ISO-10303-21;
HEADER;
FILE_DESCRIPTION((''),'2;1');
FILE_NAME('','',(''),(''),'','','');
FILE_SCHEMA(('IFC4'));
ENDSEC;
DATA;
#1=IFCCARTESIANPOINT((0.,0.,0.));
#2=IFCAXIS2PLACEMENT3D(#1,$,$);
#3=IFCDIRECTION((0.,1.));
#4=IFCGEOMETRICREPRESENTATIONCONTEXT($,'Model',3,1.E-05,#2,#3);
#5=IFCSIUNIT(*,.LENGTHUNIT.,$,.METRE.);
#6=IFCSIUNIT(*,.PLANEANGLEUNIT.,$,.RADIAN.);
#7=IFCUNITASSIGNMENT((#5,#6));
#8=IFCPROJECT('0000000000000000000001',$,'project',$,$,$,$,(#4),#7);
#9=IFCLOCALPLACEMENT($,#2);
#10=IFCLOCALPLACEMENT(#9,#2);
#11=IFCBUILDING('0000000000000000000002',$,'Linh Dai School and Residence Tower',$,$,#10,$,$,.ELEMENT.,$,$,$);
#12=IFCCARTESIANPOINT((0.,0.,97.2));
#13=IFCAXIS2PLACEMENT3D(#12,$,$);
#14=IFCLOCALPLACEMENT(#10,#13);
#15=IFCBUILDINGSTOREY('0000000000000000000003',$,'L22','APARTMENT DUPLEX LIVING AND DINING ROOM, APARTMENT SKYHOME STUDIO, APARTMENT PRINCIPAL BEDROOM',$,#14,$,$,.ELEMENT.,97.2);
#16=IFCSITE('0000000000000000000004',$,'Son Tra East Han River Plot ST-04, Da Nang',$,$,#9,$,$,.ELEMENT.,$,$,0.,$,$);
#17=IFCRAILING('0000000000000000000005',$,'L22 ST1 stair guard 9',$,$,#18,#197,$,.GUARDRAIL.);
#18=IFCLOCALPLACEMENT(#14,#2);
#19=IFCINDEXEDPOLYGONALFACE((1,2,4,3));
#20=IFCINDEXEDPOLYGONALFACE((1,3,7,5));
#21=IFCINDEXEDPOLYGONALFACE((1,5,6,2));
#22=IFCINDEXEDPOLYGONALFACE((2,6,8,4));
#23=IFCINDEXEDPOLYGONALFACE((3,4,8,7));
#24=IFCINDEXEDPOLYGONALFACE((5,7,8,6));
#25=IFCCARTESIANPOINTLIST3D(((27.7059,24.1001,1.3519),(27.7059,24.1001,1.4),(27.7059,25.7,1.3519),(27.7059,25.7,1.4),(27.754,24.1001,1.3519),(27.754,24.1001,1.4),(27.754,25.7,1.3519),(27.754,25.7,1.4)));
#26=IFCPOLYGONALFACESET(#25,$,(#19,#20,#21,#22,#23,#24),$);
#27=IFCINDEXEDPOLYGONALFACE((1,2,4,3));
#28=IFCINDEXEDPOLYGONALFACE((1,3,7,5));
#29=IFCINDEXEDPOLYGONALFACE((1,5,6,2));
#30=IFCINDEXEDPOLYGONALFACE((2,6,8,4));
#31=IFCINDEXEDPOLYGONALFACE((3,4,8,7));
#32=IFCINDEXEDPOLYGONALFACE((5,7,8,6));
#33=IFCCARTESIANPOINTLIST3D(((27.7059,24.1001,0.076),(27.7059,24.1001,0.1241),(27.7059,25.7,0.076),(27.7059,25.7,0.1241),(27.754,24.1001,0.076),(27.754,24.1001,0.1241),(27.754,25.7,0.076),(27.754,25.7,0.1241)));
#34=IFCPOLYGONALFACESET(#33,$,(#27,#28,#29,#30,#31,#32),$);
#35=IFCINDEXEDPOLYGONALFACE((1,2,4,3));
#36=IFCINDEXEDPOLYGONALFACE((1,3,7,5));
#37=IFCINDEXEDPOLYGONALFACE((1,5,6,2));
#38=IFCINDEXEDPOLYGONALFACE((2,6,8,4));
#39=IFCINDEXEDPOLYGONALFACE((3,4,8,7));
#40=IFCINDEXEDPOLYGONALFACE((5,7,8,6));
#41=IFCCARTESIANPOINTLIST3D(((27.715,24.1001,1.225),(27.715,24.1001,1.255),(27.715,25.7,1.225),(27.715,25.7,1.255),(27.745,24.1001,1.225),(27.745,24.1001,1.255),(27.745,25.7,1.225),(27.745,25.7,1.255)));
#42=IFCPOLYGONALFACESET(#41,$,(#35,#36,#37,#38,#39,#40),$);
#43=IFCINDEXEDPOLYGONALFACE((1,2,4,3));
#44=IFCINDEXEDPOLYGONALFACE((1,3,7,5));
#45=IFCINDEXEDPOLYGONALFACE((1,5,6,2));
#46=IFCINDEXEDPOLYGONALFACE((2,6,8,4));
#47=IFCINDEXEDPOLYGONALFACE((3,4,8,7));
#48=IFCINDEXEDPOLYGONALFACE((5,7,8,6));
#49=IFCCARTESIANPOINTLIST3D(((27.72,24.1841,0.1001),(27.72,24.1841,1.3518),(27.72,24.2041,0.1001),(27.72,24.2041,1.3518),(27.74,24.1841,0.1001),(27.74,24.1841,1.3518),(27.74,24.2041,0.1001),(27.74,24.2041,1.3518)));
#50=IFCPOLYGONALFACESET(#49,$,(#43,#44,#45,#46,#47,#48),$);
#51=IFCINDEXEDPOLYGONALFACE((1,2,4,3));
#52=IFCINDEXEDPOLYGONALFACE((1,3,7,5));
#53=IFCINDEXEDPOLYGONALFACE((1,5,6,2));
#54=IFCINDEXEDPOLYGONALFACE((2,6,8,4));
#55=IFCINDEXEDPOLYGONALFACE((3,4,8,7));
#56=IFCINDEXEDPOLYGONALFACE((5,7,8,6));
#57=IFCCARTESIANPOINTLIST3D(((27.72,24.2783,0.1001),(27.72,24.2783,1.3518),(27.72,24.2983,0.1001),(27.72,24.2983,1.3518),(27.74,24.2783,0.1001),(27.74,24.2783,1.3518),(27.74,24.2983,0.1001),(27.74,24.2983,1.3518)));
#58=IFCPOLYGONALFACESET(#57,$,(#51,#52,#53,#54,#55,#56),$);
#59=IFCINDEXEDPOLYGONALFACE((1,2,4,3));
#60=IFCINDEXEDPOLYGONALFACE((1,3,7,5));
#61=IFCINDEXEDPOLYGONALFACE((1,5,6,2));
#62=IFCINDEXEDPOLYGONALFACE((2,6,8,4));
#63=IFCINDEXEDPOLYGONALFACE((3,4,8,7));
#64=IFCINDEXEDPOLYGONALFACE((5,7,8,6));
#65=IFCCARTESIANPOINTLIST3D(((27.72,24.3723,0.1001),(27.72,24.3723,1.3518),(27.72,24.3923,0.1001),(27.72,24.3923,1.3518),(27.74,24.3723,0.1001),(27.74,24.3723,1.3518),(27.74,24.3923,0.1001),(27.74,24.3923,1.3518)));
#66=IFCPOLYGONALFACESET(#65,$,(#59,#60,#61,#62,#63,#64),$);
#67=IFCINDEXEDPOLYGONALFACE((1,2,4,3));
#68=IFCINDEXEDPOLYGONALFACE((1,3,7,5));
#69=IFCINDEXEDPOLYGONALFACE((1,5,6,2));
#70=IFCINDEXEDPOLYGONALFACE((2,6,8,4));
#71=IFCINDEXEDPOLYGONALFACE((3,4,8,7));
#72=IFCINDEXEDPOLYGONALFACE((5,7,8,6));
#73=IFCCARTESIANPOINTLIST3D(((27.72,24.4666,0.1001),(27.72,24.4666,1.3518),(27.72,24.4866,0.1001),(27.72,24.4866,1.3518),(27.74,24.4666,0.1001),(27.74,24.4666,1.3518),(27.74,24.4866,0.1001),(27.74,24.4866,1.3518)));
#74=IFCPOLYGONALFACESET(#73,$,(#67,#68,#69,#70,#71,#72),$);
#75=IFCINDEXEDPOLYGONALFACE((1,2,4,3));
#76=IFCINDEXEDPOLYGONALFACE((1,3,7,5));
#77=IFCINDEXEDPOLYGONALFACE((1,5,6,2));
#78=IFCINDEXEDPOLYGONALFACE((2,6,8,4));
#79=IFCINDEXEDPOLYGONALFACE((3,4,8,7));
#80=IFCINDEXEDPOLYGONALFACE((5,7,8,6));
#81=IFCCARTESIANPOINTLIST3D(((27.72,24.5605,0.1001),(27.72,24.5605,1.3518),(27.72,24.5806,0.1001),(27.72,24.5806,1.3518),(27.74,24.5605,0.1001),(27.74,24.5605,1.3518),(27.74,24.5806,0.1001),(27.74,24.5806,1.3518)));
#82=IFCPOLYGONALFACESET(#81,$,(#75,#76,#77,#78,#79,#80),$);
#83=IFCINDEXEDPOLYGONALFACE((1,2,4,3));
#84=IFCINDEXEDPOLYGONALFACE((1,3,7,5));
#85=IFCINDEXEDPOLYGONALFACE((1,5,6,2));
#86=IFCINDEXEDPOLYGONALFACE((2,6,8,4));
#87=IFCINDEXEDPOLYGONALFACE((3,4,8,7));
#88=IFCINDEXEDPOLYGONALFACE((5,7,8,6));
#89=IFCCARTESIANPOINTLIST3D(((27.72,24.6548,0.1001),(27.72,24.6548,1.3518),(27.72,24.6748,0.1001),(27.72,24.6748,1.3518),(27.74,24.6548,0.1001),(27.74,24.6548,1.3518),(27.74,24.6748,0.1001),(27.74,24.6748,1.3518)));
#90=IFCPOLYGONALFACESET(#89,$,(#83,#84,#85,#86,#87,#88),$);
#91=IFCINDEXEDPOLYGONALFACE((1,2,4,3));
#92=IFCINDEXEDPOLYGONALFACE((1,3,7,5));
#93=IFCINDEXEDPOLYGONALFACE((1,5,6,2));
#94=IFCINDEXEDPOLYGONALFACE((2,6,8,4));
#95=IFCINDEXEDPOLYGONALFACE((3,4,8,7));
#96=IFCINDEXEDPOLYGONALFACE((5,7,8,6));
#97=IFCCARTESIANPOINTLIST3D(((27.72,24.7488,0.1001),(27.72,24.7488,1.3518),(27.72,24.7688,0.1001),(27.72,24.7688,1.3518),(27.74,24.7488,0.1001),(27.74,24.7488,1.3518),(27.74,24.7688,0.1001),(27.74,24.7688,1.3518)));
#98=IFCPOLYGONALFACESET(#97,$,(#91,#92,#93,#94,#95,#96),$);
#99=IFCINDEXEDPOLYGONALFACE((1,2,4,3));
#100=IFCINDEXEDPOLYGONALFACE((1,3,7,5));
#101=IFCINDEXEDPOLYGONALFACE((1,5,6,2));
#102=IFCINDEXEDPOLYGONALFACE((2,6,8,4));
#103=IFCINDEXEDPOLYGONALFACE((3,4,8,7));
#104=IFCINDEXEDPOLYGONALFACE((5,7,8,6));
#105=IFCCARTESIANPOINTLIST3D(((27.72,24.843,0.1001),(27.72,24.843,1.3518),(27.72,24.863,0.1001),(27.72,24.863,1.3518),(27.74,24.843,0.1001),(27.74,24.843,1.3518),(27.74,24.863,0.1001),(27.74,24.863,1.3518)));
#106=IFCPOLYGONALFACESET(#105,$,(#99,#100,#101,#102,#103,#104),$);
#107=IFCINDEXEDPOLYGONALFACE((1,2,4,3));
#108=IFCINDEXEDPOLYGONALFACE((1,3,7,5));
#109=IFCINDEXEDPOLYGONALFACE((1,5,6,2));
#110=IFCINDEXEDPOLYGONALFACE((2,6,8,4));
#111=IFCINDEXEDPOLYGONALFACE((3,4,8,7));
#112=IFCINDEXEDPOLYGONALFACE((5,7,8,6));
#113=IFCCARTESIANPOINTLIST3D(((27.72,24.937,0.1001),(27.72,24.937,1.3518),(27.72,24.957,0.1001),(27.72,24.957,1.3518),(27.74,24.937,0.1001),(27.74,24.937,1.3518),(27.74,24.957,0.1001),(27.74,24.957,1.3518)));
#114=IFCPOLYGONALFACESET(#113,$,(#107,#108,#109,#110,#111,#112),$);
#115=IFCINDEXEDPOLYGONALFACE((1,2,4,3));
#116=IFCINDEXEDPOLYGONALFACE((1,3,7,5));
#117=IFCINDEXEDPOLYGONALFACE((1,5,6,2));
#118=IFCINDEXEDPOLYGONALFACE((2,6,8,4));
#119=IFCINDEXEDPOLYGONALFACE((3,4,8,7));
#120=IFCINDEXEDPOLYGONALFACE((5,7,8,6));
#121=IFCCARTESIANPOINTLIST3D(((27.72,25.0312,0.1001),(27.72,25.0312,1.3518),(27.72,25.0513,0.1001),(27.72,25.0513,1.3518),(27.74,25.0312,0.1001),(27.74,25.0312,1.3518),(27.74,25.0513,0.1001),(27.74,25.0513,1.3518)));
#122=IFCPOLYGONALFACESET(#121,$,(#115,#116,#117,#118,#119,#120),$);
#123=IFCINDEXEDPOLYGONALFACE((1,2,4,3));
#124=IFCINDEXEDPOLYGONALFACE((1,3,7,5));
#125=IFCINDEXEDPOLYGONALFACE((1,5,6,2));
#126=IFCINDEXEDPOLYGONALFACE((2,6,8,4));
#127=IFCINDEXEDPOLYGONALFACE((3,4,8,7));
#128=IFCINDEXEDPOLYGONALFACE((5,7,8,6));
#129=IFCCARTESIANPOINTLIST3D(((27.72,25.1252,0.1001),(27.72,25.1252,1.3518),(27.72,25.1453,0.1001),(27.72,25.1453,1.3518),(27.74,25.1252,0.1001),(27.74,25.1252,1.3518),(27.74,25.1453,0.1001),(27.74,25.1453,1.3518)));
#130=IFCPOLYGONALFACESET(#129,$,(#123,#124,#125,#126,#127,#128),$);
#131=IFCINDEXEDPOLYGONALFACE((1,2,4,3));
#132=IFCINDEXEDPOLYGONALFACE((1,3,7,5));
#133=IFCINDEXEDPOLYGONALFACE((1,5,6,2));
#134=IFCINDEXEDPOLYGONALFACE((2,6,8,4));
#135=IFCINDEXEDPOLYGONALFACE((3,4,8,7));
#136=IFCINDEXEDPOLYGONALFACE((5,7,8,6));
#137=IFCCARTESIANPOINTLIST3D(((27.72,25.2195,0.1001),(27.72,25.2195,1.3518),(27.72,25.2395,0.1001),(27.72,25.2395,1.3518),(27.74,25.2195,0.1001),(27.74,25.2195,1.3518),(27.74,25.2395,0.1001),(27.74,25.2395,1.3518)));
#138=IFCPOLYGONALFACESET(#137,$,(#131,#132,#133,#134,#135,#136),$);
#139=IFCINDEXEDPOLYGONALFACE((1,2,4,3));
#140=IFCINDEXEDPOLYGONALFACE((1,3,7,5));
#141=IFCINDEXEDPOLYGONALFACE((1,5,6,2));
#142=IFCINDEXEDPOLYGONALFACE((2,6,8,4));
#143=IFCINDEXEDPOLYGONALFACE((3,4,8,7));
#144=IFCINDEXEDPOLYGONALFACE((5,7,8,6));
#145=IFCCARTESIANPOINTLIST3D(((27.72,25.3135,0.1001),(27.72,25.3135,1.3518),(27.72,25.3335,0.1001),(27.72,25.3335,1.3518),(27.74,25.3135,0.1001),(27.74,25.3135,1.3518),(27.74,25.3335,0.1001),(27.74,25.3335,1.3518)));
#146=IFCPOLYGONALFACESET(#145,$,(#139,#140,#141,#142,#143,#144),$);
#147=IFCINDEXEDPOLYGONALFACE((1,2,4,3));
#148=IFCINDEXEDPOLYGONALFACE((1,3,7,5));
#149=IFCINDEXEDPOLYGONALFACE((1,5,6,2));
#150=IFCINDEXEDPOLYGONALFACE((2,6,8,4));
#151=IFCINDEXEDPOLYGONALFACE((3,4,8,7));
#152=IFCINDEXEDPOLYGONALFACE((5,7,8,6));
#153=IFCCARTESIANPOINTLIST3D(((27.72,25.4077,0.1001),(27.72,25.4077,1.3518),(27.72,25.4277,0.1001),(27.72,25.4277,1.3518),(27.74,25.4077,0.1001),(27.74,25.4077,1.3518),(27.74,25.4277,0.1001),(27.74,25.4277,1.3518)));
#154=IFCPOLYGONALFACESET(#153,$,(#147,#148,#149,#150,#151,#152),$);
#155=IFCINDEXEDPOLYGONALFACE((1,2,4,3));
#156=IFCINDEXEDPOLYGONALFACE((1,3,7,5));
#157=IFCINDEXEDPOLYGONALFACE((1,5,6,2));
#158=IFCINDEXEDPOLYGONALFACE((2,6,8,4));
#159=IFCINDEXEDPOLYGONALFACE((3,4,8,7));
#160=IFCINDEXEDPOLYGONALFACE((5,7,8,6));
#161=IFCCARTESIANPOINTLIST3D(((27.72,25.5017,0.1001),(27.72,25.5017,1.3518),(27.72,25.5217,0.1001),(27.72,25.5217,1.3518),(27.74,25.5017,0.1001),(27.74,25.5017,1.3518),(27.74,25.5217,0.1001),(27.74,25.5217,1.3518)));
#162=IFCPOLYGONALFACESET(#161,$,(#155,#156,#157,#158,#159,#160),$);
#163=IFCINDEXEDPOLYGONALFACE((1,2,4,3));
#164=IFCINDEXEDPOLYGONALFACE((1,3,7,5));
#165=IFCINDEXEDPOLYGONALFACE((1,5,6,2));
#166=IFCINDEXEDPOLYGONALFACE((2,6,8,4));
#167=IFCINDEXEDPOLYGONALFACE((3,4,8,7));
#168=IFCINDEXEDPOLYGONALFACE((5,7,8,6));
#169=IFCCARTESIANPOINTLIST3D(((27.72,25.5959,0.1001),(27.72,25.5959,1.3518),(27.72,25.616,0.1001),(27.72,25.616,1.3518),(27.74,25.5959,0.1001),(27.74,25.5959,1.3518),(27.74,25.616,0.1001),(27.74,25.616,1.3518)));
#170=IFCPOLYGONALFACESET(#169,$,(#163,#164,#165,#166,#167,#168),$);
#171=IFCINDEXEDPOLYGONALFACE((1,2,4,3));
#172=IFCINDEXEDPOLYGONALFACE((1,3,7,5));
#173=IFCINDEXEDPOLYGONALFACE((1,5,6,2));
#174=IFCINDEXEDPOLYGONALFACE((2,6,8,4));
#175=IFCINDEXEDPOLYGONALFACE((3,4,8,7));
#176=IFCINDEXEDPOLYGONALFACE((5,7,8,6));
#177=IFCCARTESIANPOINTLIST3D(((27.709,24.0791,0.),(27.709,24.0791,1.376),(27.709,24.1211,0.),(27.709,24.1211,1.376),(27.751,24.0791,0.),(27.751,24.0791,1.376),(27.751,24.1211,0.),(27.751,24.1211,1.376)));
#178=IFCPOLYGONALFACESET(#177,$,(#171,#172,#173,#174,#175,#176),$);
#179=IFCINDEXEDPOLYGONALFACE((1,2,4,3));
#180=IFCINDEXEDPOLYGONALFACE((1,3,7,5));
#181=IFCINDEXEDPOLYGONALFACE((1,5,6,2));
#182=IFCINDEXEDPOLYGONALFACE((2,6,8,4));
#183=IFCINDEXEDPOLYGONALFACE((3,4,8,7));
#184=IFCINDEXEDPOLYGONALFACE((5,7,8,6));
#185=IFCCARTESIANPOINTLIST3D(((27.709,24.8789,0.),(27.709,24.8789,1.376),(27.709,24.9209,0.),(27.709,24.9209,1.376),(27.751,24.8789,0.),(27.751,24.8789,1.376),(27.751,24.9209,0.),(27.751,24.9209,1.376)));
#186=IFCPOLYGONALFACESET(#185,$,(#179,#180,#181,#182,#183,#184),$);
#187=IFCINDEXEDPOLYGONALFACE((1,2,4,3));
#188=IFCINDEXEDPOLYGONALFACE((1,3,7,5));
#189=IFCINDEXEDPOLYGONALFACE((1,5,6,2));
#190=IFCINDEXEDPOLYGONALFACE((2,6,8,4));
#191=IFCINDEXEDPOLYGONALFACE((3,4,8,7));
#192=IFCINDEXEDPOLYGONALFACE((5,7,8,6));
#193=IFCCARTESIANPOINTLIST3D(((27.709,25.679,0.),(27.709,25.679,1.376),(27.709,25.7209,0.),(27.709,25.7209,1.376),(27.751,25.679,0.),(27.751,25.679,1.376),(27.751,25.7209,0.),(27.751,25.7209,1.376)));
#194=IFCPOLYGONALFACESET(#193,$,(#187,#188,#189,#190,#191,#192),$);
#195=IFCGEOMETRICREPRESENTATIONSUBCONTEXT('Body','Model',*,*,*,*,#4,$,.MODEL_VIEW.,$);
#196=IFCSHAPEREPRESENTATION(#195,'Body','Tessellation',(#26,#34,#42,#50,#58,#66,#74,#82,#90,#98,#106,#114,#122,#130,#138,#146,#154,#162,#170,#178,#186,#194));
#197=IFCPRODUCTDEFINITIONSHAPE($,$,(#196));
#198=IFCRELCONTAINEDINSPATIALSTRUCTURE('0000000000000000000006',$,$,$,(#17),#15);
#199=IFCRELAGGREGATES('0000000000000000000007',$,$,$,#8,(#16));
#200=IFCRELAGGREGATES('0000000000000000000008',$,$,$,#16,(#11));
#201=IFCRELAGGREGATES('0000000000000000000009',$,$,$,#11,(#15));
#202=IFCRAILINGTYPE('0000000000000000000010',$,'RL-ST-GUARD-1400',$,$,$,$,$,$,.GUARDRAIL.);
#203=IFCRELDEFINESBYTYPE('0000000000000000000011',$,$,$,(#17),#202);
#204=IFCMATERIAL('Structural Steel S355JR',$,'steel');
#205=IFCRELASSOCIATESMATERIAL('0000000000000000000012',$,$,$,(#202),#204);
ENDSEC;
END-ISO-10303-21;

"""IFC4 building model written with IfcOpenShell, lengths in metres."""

from ifc_helpers import new_model, si_unit, direction, frame, origin, origin_2d, place, context, subcontext, project, spatial, rectangle, extrude, source, transform, mapped, material, type_object, element, save


model = new_model("IFC4")

# Units and contexts
model_context = context("Model", 3, precision=1e-05, world=origin(), true_north=direction((0.0, 1.0)))
body_context = subcontext(model_context, "Body", "Model", "MODEL_VIEW")
ifc_project = project(units=[si_unit("LENGTHUNIT", "METRE"), si_unit("PLANEANGLEUNIT", "RADIAN")], contexts=[model_context])

# Site, building, storey
site_placement = place(None, origin())
site = spatial("IfcSite", under=ifc_project, at=site_placement, Name="Son Tra East Han River Plot ST-04, Da Nang", CompositionType="ELEMENT", RefElevation=0.0)
building_placement = place(site_placement, origin())
building = spatial("IfcBuilding", under=site, at=building_placement, Name="Linh Dai School and Residence Tower", CompositionType="ELEMENT")
storey_placement = place(building_placement, frame((0.0, 0.0, 97.2)))
storey = spatial("IfcBuildingStorey", under=building, at=storey_placement, Name="L22", Description="APARTMENT DUPLEX LIVING AND DINING ROOM, APARTMENT SKYHOME STUDIO, APARTMENT PRINCIPAL BEDROOM", CompositionType="ELEMENT", Elevation=97.2)

# Shared definitions
ifc_material_1 = material(Name="Structural Steel S355JR", Category="steel")

# Railing
railing_type = type_object("IfcRailingType", Name="RL-ST-GUARD-1400", PredefinedType="GUARDRAIL", material=ifc_material_1)
shared_shape_1 = source(origin(), body_context, "Body", "SweptSolid", [
    extrude(rectangle(XDim=0.0481, YDim=0.0481, at=origin_2d()), frame((0.0, 0.0, 1.376), z_axis=(0.0, 1.0, 0.0), x_axis=(-1.0, 0.0, 0.0)), (0.0, 0.0, 1.0), 1.5999),
    extrude(rectangle(XDim=0.0481, YDim=0.0481, at=origin_2d()), frame((0.0, 0.0, 0.1001), z_axis=(0.0, 1.0, 0.0), x_axis=(-1.0, 0.0, 0.0)), (0.0, 0.0, 1.0), 1.5999),
    extrude(rectangle(XDim=0.03, YDim=0.03, at=origin_2d()), frame((0.0, 0.0, 1.24), z_axis=(0.0, 1.0, 0.0), x_axis=(-1.0, 0.0, 0.0)), (0.0, 0.0, 1.0), 1.5999),
    extrude(rectangle(XDim=0.02, YDim=0.02, at=origin_2d()), frame((0.0, 0.094, 0.1001)), (0.0, 0.0, 1.0), 1.2517),
    extrude(rectangle(XDim=0.02, YDim=0.02, at=origin_2d()), frame((0.0, 0.1882, 0.1001)), (0.0, 0.0, 1.0), 1.2517),
    extrude(rectangle(XDim=0.02, YDim=0.02, at=origin_2d()), frame((0.0, 0.2822, 0.1001)), (0.0, 0.0, 1.0), 1.2517),
    extrude(rectangle(XDim=0.02, YDim=0.02, at=origin_2d()), frame((0.0, 0.3765, 0.1001)), (0.0, 0.0, 1.0), 1.2517),
    extrude(rectangle(XDim=0.02, YDim=0.02, at=origin_2d()), frame((0.0, 0.4705, 0.1001)), (0.0, 0.0, 1.0), 1.2517),
    extrude(rectangle(XDim=0.02, YDim=0.02, at=origin_2d()), frame((0.0, 0.5647, 0.1001)), (0.0, 0.0, 1.0), 1.2517),
    extrude(rectangle(XDim=0.02, YDim=0.02, at=origin_2d()), frame((0.0, 0.6587, 0.1001)), (0.0, 0.0, 1.0), 1.2517),
    extrude(rectangle(XDim=0.02, YDim=0.02, at=origin_2d()), frame((0.0, 0.7529, 0.1001)), (0.0, 0.0, 1.0), 1.2517),
    extrude(rectangle(XDim=0.02, YDim=0.02, at=origin_2d()), frame((0.0, 0.8469, 0.1001)), (0.0, 0.0, 1.0), 1.2517),
    extrude(rectangle(XDim=0.02, YDim=0.02, at=origin_2d()), frame((0.0, 0.9412, 0.1001)), (0.0, 0.0, 1.0), 1.2517),
    extrude(rectangle(XDim=0.02, YDim=0.02, at=origin_2d()), frame((0.0, 1.0352, 0.1001)), (0.0, 0.0, 1.0), 1.2517),
    extrude(rectangle(XDim=0.02, YDim=0.02, at=origin_2d()), frame((0.0, 1.1294, 0.1001)), (0.0, 0.0, 1.0), 1.2517),
    extrude(rectangle(XDim=0.02, YDim=0.02, at=origin_2d()), frame((0.0, 1.2234, 0.1001)), (0.0, 0.0, 1.0), 1.2517),
    extrude(rectangle(XDim=0.02, YDim=0.02, at=origin_2d()), frame((0.0, 1.3176, 0.1001)), (0.0, 0.0, 1.0), 1.2517),
    extrude(rectangle(XDim=0.02, YDim=0.02, at=origin_2d()), frame((0.0, 1.4116, 0.1001)), (0.0, 0.0, 1.0), 1.2517),
    extrude(rectangle(XDim=0.02, YDim=0.02, at=origin_2d()), frame((0.0, 1.5059, 0.1001)), (0.0, 0.0, 1.0), 1.2517),
    extrude(rectangle(XDim=0.042, YDim=0.042, at=origin_2d()), origin(), (0.0, 0.0, 1.0), 1.376),
    extrude(rectangle(XDim=0.042, YDim=0.042, at=origin_2d()), frame((0.0, 0.7998, 0.0)), (0.0, 0.0, 1.0), 1.376),
    extrude(rectangle(XDim=0.042, YDim=0.042, at=origin_2d()), frame((0.0, 1.5999, 0.0)), (0.0, 0.0, 1.0), 1.376),
])
for number, where, name in (
    (1, (27.73, 24.1001, 0.0), "L22 ST1 stair guard 9"),
):
    element("IfcRailing", number, at=place(storey_placement, frame(where)), inside=storey, type_object=railing_type, Name=name, PredefinedType="GUARDRAIL", context=body_context, shape_type="MappedRepresentation", body=[
        mapped(shared_shape_1, transform((0.0, 0.0, 0.0), x_axis=(1.0, 0.0, 0.0), y_axis=(0.0, 1.0, 0.0), z_axis=(0.0, 0.0, 1.0), scale=1.0)),
    ])

save(model, "model.ifc")
